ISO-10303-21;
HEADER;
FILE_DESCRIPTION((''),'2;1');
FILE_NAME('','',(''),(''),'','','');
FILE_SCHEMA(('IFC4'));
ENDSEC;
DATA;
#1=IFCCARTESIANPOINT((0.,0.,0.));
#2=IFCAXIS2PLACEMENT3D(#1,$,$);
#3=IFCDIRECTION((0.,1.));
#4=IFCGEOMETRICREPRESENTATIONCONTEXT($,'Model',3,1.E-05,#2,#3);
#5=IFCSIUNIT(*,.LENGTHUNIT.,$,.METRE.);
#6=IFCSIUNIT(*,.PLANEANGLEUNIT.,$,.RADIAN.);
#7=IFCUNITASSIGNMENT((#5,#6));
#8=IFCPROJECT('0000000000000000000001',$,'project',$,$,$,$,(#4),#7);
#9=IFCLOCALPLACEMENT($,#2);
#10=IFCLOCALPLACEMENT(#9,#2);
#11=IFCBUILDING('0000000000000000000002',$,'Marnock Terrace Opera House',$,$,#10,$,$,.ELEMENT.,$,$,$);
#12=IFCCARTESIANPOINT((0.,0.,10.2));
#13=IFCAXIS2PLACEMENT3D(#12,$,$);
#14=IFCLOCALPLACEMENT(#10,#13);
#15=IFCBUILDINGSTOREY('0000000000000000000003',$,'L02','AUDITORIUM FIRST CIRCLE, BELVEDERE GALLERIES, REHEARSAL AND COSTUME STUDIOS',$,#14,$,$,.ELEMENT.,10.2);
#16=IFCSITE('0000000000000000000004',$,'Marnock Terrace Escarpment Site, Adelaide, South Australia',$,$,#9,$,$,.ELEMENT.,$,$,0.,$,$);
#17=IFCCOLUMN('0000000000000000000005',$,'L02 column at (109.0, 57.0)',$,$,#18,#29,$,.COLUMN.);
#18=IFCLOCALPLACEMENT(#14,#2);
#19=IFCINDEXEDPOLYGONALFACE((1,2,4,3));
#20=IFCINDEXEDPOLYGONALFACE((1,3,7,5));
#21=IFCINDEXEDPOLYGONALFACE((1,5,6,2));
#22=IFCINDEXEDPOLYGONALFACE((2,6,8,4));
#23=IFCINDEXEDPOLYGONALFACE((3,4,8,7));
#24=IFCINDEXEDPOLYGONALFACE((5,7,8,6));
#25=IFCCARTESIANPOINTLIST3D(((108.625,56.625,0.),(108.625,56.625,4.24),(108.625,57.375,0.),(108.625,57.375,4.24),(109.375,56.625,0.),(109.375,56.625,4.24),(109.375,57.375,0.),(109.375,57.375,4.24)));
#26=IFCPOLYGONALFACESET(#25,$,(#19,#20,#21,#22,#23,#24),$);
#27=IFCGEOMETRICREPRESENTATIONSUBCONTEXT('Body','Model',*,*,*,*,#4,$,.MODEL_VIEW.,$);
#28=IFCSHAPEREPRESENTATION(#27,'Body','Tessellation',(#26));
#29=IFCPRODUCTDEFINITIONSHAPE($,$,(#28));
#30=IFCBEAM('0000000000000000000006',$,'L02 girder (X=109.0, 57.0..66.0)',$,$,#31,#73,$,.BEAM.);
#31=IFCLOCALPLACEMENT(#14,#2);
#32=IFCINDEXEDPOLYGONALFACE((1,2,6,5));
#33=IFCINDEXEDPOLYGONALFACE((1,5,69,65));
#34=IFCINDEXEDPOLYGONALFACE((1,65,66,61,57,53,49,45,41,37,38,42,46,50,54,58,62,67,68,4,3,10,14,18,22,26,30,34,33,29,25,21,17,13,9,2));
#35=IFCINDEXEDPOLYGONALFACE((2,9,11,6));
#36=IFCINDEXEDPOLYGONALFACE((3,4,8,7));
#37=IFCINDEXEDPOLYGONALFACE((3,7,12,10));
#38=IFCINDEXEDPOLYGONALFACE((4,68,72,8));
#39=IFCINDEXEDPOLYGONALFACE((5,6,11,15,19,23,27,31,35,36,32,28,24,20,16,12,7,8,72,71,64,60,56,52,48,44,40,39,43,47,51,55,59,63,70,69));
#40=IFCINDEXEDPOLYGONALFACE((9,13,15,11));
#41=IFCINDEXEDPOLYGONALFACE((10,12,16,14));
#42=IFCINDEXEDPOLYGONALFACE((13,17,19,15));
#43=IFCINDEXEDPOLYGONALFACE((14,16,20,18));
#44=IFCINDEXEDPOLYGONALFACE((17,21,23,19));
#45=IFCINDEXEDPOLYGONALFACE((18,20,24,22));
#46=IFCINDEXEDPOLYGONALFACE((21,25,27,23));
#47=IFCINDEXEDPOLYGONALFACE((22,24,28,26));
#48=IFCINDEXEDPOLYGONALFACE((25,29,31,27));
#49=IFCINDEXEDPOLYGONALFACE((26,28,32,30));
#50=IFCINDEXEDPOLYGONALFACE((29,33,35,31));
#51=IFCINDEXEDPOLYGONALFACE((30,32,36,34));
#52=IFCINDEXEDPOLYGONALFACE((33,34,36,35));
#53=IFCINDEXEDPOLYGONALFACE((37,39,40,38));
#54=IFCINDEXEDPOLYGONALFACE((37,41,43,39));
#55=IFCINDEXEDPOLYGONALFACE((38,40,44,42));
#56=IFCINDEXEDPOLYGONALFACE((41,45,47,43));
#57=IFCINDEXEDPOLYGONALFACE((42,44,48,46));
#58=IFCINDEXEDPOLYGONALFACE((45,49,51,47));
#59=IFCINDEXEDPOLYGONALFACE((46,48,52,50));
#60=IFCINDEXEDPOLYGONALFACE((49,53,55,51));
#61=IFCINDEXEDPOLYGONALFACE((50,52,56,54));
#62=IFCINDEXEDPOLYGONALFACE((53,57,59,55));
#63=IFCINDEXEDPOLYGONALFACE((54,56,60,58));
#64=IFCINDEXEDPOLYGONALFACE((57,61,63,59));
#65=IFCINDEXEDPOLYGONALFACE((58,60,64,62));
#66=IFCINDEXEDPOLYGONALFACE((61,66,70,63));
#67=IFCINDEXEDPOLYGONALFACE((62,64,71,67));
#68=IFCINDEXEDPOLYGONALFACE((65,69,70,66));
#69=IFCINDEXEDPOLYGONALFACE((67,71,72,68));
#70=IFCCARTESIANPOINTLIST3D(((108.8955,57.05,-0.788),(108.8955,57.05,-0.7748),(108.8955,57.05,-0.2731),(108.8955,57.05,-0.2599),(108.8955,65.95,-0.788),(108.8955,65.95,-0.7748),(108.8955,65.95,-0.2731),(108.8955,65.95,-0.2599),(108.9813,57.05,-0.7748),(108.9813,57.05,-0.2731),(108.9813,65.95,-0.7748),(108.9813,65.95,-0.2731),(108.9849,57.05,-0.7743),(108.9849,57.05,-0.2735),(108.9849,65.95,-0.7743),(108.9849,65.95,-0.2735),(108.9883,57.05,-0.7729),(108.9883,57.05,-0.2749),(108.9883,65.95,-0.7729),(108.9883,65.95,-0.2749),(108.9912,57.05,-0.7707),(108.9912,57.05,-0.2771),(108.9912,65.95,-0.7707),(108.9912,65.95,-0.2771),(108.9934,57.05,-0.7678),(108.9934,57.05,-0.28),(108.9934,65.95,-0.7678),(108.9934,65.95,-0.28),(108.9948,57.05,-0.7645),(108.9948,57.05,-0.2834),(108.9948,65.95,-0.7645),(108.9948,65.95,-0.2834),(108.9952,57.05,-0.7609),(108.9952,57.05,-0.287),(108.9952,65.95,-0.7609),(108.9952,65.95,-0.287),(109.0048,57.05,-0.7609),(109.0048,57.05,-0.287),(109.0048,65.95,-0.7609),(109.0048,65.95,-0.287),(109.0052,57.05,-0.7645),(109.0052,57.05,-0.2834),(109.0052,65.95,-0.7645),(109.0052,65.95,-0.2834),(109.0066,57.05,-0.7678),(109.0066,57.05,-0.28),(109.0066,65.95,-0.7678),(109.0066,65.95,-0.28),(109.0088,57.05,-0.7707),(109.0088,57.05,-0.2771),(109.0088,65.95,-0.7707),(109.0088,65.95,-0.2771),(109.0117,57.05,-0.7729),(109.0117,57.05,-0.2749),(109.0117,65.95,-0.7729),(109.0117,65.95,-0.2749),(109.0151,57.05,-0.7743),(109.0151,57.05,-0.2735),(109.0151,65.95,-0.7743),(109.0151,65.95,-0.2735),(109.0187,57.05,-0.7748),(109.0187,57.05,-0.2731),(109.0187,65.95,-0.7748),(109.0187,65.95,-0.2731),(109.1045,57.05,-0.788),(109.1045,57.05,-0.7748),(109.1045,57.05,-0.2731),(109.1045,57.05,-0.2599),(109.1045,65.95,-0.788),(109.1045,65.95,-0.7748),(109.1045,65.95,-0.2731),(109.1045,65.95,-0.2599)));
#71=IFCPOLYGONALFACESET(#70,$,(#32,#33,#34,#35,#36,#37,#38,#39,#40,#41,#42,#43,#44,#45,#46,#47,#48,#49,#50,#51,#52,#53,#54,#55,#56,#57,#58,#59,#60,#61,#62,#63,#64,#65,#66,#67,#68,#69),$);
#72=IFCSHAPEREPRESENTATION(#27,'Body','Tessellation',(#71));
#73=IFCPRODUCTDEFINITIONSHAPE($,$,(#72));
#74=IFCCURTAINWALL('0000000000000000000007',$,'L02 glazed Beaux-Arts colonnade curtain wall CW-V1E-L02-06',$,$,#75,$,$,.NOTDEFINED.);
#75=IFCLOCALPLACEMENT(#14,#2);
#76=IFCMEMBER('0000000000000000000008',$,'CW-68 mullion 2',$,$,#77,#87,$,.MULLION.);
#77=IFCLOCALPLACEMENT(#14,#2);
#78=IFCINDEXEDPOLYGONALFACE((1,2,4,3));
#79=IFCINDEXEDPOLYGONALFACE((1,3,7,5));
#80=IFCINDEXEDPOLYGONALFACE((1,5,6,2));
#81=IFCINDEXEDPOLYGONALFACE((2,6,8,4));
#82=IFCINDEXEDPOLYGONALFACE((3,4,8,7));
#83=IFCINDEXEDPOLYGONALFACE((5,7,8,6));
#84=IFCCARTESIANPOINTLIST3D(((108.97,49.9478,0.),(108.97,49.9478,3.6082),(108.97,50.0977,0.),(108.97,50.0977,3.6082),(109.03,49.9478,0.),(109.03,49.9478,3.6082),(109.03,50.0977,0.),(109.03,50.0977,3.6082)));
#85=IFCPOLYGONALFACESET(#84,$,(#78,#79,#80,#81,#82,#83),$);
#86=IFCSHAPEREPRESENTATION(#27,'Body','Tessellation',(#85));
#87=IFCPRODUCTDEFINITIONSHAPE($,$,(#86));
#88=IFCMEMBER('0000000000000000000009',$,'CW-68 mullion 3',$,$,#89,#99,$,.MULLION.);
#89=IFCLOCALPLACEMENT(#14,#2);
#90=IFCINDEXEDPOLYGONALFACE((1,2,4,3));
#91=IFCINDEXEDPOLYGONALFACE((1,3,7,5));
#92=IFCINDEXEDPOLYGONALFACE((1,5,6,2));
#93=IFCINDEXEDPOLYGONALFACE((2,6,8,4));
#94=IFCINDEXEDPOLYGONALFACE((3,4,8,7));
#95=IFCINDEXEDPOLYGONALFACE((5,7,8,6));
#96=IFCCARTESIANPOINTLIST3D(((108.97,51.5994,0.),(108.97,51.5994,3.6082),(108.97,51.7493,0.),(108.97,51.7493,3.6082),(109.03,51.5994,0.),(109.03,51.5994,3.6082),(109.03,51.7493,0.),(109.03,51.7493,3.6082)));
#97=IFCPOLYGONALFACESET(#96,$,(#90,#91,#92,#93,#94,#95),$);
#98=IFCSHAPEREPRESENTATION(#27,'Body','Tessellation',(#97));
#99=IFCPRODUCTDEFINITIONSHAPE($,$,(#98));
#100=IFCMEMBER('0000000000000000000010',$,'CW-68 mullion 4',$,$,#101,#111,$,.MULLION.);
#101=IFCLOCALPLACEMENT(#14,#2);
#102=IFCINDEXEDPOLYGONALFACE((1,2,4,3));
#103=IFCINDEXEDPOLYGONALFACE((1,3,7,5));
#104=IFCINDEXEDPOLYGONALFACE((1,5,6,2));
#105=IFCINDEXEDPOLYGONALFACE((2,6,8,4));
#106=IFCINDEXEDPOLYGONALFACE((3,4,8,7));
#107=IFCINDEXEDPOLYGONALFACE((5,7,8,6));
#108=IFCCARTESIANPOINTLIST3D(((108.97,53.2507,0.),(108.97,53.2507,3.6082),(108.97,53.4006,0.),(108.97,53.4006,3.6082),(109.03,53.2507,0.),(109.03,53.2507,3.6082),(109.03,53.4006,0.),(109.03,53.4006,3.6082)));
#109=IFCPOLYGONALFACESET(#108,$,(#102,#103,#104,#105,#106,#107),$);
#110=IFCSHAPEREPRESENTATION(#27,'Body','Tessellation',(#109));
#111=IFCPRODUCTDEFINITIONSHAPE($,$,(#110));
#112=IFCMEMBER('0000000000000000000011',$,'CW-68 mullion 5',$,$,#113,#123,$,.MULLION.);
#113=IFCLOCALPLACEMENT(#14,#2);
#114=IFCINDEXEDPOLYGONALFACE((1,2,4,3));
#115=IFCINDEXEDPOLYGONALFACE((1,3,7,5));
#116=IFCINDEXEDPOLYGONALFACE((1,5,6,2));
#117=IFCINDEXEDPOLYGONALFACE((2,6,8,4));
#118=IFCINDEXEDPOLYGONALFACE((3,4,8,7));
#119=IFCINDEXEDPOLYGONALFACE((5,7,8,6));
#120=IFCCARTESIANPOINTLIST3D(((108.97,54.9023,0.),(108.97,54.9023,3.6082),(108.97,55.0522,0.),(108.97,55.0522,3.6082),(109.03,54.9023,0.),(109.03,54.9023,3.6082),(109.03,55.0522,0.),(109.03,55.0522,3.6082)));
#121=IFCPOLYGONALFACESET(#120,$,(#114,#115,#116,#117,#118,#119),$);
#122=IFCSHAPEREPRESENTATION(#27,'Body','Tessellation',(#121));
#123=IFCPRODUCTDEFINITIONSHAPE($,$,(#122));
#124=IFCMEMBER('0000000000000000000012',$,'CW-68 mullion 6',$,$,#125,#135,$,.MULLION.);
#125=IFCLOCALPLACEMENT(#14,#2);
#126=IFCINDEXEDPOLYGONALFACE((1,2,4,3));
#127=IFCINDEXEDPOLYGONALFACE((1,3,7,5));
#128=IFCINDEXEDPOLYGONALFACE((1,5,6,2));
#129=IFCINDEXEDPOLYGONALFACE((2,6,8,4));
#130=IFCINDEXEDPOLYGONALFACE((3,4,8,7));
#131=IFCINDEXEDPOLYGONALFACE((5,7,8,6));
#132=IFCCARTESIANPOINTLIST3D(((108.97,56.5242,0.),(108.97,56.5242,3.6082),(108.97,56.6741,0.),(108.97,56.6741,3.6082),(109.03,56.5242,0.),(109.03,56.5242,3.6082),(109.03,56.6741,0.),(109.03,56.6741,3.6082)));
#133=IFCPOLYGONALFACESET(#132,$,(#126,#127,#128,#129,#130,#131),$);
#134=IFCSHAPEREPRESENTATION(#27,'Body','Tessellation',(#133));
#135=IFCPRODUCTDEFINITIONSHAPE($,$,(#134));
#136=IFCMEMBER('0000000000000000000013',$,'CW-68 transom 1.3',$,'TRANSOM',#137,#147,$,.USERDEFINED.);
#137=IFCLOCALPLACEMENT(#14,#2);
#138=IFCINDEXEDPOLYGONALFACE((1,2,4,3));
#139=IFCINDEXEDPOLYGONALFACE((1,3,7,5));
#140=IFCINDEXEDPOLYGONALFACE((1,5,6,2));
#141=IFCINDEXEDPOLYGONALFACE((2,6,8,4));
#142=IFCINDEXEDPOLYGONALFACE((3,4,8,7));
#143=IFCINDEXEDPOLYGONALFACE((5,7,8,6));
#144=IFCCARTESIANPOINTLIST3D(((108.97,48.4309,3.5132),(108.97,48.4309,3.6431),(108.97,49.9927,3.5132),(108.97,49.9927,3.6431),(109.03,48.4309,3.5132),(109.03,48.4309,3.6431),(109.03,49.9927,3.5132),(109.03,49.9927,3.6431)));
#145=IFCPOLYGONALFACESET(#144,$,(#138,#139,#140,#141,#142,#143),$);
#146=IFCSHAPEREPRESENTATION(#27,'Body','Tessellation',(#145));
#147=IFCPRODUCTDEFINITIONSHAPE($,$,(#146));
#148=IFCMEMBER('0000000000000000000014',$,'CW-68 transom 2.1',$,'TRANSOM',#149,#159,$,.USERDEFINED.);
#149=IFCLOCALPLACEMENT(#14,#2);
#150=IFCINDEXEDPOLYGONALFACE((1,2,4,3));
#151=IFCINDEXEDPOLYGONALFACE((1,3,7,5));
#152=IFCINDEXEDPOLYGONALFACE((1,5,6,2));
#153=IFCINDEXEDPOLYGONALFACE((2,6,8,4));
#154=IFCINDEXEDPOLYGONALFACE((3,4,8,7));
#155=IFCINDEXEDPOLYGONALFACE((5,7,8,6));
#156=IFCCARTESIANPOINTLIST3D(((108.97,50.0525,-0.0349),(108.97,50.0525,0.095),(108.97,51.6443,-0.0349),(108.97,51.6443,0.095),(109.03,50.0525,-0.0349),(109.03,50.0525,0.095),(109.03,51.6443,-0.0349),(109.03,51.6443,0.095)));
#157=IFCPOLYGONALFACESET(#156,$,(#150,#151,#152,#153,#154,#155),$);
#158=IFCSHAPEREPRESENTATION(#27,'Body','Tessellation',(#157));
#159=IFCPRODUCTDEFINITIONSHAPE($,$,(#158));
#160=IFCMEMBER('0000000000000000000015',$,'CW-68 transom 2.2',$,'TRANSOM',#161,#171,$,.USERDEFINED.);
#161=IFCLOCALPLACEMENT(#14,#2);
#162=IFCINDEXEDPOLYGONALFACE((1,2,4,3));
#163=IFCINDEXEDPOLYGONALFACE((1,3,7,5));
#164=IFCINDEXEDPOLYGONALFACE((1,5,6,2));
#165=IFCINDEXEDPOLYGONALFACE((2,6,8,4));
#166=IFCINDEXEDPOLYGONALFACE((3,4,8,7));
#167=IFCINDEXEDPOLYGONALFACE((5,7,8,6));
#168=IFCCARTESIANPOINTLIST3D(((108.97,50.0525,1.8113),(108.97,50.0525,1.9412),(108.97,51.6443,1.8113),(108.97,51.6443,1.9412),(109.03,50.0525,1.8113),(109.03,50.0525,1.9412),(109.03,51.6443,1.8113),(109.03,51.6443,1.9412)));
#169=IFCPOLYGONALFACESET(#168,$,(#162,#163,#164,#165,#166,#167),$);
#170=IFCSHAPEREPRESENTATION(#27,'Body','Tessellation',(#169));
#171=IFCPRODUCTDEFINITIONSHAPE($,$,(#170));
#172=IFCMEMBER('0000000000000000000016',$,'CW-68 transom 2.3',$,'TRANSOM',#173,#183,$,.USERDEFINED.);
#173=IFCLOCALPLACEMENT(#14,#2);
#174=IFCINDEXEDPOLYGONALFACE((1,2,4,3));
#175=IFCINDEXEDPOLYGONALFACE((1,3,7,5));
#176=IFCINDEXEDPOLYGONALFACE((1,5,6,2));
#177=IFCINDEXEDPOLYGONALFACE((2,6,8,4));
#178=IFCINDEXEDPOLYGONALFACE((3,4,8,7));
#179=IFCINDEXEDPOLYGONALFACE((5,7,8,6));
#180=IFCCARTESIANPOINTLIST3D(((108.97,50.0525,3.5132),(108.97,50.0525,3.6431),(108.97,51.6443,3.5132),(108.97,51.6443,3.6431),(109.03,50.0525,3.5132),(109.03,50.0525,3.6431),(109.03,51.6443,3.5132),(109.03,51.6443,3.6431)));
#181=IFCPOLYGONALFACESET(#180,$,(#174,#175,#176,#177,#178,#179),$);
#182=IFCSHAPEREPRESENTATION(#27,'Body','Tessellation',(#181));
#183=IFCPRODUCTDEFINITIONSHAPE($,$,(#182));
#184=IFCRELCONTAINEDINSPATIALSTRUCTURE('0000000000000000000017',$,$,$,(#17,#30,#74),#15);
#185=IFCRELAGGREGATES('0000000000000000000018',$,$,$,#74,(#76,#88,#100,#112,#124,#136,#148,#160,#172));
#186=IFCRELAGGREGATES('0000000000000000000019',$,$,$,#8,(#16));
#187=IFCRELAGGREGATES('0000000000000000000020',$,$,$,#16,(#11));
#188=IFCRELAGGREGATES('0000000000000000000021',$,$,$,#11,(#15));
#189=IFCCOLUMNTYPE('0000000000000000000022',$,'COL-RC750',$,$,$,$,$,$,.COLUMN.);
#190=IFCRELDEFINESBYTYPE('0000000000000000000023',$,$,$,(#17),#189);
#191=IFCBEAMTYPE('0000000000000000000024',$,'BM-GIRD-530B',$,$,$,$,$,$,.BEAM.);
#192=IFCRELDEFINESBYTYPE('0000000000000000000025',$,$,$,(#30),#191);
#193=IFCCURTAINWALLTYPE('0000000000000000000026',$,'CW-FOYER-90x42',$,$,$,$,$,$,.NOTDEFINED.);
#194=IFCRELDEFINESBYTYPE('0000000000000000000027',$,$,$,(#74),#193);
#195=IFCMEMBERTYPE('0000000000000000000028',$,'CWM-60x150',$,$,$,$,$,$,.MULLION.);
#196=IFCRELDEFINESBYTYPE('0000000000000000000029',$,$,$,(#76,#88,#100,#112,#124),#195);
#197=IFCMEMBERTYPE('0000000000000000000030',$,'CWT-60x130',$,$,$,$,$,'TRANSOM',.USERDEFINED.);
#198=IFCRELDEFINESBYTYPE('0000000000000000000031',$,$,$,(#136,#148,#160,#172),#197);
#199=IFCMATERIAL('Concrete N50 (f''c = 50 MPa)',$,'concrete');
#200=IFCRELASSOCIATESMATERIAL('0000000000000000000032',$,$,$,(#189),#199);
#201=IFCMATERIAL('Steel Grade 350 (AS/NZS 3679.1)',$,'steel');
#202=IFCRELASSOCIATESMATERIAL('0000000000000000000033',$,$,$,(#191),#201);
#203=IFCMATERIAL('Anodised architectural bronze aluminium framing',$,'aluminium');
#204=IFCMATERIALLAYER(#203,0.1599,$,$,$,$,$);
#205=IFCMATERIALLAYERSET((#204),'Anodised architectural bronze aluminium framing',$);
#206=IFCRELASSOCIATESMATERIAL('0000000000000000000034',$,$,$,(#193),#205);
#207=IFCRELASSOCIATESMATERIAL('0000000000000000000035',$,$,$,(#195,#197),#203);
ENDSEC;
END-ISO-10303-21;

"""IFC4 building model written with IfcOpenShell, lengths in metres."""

from ifc_helpers import new_model, si_unit, direction, frame, origin, origin_2d, place, context, subcontext, project, spatial, rectangle, i_section, extrude, material, layer, layer_set, material_profile, profile_set, type_object, element, aggregate, save


model = new_model("IFC4")

# Units and contexts
model_context = context("Model", 3, precision=1e-05, world=origin(), true_north=direction((0.0, 1.0)))
body_context = subcontext(model_context, "Body", "Model", "MODEL_VIEW")
ifc_project = project(units=[si_unit("LENGTHUNIT", "METRE"), si_unit("PLANEANGLEUNIT", "RADIAN")], contexts=[model_context])

# Site, building, storey
site_placement = place(None, origin())
site = spatial("IfcSite", under=ifc_project, at=site_placement, Name="Marnock Terrace Escarpment Site, Adelaide, South Australia", CompositionType="ELEMENT", RefElevation=0.0)
building_placement = place(site_placement, origin())
building = spatial("IfcBuilding", under=site, at=building_placement, Name="Marnock Terrace Opera House", CompositionType="ELEMENT")
storey_placement = place(building_placement, frame((0.0, 0.0, 10.2)))
storey = spatial("IfcBuildingStorey", under=building, at=storey_placement, Name="L02", Description="AUDITORIUM FIRST CIRCLE, BELVEDERE GALLERIES, REHEARSAL AND COSTUME STUDIOS", CompositionType="ELEMENT", Elevation=10.2)

# Column
ifc_material_1 = material(Name="Concrete N50 (f'c = 50 MPa)", Category="concrete")
ifc_material_profile_1 = material_profile(ifc_material_1, rectangle(XDim=0.75, YDim=0.75, at=origin_2d()))
ifc_profile_set_1 = profile_set([ifc_material_profile_1], Name="Concrete N50 (f'c = 50 MPa)")
column_type = type_object("IfcColumnType", Name="COL-RC750", PredefinedType="COLUMN", material=ifc_profile_set_1)
column_placement = place(storey_placement, frame((109.0, 57.0, 0.0), z_axis=(0.0, 0.0, 1.0), x_axis=(1.0, 0.0, 0.0)))
element("IfcColumn", 1, at=column_placement, inside=storey, type_object=column_type, Name="L02 column at (109.0, 57.0)", PredefinedType="COLUMN", context=body_context, shape_type="SweptSolid", body=[
    extrude(rectangle(XDim=0.75, YDim=0.75, at=origin_2d()), origin(), (0.0, 0.0, 1.0), 4.24),
])

# Beam
ifc_material_2 = material(Name="Steel Grade 350 (AS/NZS 3679.1)", Category="steel")
ifc_material_profile_2 = material_profile(ifc_material_2, i_section(OverallWidth=0.209, OverallDepth=0.5281, WebThickness=0.0095, FlangeThickness=0.0132, FilletRadius=0.0139, at=origin_2d()))
ifc_profile_set_2 = profile_set([ifc_material_profile_2], Name="Steel Grade 350 (AS/NZS 3679.1)")
beam_type = type_object("IfcBeamType", Name="BM-GIRD-530B", PredefinedType="BEAM", material=ifc_profile_set_2)
beam_placement = place(storey_placement, frame((109.0, 57.05, -0.5239), z_axis=(0.0, 1.0, 0.0), x_axis=(-1.0, 0.0, 0.0)))
element("IfcBeam", 2, at=beam_placement, inside=storey, type_object=beam_type, Name="L02 girder (X=109.0, 57.0..66.0)", PredefinedType="BEAM", context=body_context, shape_type="SweptSolid", body=[
    extrude(i_section(OverallWidth=0.209, OverallDepth=0.5281, WebThickness=0.0095, FlangeThickness=0.0132, FilletRadius=0.0139, at=origin_2d()), origin(), (0.0, 0.0, 1.0), 8.8999),
])

# Curtain wall, members
ifc_material_3 = material(Name="Anodised architectural bronze aluminium framing", Category="aluminium")
ifc_layer_1 = layer(ifc_material_3, 0.1599)
ifc_layer_set_1 = layer_set([ifc_layer_1], Name="Anodised architectural bronze aluminium framing")
curtain_wall_type = type_object("IfcCurtainWallType", Name="CW-FOYER-90x42", PredefinedType="NOTDEFINED", material=ifc_layer_set_1)
curtain_wall_placement = place(storey_placement, origin())
curtain_wall = element("IfcCurtainWall", 3, at=curtain_wall_placement, inside=storey, type_object=curtain_wall_type, Name="L02 glazed Beaux-Arts colonnade curtain wall CW-V1E-L02-06", PredefinedType="NOTDEFINED")
ifc_material_profile_3 = material_profile(ifc_material_3, rectangle(XDim=0.0601, YDim=0.1499, at=origin_2d()))
ifc_profile_set_3 = profile_set([ifc_material_profile_3], Name="Anodised architectural bronze aluminium framing")
member_type_1 = type_object("IfcMemberType", Name="CWM-60x150", PredefinedType="MULLION", material=ifc_profile_set_3)
member_1_placement = place(storey_placement, frame((109.0, 50.0227, 0.0), z_axis=(0.0, 0.0, 1.0), x_axis=(-1.0, 0.0, 0.0)))
member_1 = element("IfcMember", 4, at=member_1_placement, type_object=member_type_1, Name="CW-68 mullion 2", PredefinedType="MULLION", context=body_context, shape_type="SweptSolid", body=[
    extrude(rectangle(XDim=0.0601, YDim=0.1499, at=origin_2d()), origin(), (0.0, 0.0, 1.0), 3.6082),
])
member_2_placement = place(storey_placement, frame((109.0, 51.6743, 0.0), z_axis=(0.0, 0.0, 1.0), x_axis=(-1.0, 0.0, 0.0)))
member_2 = element("IfcMember", 5, at=member_2_placement, type_object=member_type_1, Name="CW-68 mullion 3", PredefinedType="MULLION", context=body_context, shape_type="SweptSolid", body=[
    extrude(rectangle(XDim=0.0601, YDim=0.1499, at=origin_2d()), origin(), (0.0, 0.0, 1.0), 3.6082),
])
member_3_placement = place(storey_placement, frame((109.0, 53.3257, 0.0), z_axis=(0.0, 0.0, 1.0), x_axis=(-1.0, 0.0, 0.0)))
member_3 = element("IfcMember", 6, at=member_3_placement, type_object=member_type_1, Name="CW-68 mullion 4", PredefinedType="MULLION", context=body_context, shape_type="SweptSolid", body=[
    extrude(rectangle(XDim=0.0601, YDim=0.1499, at=origin_2d()), origin(), (0.0, 0.0, 1.0), 3.6082),
])
member_4_placement = place(storey_placement, frame((109.0, 54.9773, 0.0), z_axis=(0.0, 0.0, 1.0), x_axis=(-1.0, 0.0, 0.0)))
member_4 = element("IfcMember", 7, at=member_4_placement, type_object=member_type_1, Name="CW-68 mullion 5", PredefinedType="MULLION", context=body_context, shape_type="SweptSolid", body=[
    extrude(rectangle(XDim=0.0601, YDim=0.1499, at=origin_2d()), origin(), (0.0, 0.0, 1.0), 3.6082),
])
member_5_placement = place(storey_placement, frame((109.0, 56.5991, 0.0), z_axis=(0.0, 0.0, 1.0), x_axis=(-1.0, 0.0, 0.0)))
member_5 = element("IfcMember", 8, at=member_5_placement, type_object=member_type_1, Name="CW-68 mullion 6", PredefinedType="MULLION", context=body_context, shape_type="SweptSolid", body=[
    extrude(rectangle(XDim=0.0601, YDim=0.1499, at=origin_2d()), origin(), (0.0, 0.0, 1.0), 3.6082),
])
ifc_material_profile_4 = material_profile(ifc_material_3, rectangle(XDim=0.0601, YDim=0.1299, at=origin_2d()))
ifc_profile_set_4 = profile_set([ifc_material_profile_4], Name="Anodised architectural bronze aluminium framing")
member_type_2 = type_object("IfcMemberType", Name="CWT-60x130", ElementType="TRANSOM", PredefinedType="USERDEFINED", material=ifc_profile_set_4)
member_6_placement = place(storey_placement, frame((109.0, 48.4309, 3.5781), z_axis=(0.0, 1.0, 0.0), x_axis=(-1.0, 0.0, 0.0)))
member_6 = element("IfcMember", 9, at=member_6_placement, type_object=member_type_2, Name="CW-68 transom 1.3", ObjectType="TRANSOM", PredefinedType="USERDEFINED", context=body_context, shape_type="SweptSolid", body=[
    extrude(rectangle(XDim=0.0601, YDim=0.1299, at=origin_2d()), origin(), (0.0, 0.0, 1.0), 1.5618),
])
member_7_placement = place(storey_placement, frame((109.0, 50.0525, 0.03), z_axis=(0.0, 1.0, 0.0), x_axis=(-1.0, 0.0, 0.0)))
member_7 = element("IfcMember", 10, at=member_7_placement, type_object=member_type_2, Name="CW-68 transom 2.1", ObjectType="TRANSOM", PredefinedType="USERDEFINED", context=body_context, shape_type="SweptSolid", body=[
    extrude(rectangle(XDim=0.0601, YDim=0.1299, at=origin_2d()), origin(), (0.0, 0.0, 1.0), 1.5918),
])
member_8_placement = place(storey_placement, frame((109.0, 50.0525, 1.8762), z_axis=(0.0, 1.0, 0.0), x_axis=(-1.0, 0.0, 0.0)))
member_8 = element("IfcMember", 11, at=member_8_placement, type_object=member_type_2, Name="CW-68 transom 2.2", ObjectType="TRANSOM", PredefinedType="USERDEFINED", context=body_context, shape_type="SweptSolid", body=[
    extrude(rectangle(XDim=0.0601, YDim=0.1299, at=origin_2d()), origin(), (0.0, 0.0, 1.0), 1.5918),
])
member_9_placement = place(storey_placement, frame((109.0, 50.0525, 3.5781), z_axis=(0.0, 1.0, 0.0), x_axis=(-1.0, 0.0, 0.0)))
member_9 = element("IfcMember", 12, at=member_9_placement, type_object=member_type_2, Name="CW-68 transom 2.3", ObjectType="TRANSOM", PredefinedType="USERDEFINED", context=body_context, shape_type="SweptSolid", body=[
    extrude(rectangle(XDim=0.0601, YDim=0.1299, at=origin_2d()), origin(), (0.0, 0.0, 1.0), 1.5918),
])
aggregate(curtain_wall, [member_1, member_2, member_3, member_4, member_5, member_6, member_7, member_8, member_9])

save(model, "model.ifc")
